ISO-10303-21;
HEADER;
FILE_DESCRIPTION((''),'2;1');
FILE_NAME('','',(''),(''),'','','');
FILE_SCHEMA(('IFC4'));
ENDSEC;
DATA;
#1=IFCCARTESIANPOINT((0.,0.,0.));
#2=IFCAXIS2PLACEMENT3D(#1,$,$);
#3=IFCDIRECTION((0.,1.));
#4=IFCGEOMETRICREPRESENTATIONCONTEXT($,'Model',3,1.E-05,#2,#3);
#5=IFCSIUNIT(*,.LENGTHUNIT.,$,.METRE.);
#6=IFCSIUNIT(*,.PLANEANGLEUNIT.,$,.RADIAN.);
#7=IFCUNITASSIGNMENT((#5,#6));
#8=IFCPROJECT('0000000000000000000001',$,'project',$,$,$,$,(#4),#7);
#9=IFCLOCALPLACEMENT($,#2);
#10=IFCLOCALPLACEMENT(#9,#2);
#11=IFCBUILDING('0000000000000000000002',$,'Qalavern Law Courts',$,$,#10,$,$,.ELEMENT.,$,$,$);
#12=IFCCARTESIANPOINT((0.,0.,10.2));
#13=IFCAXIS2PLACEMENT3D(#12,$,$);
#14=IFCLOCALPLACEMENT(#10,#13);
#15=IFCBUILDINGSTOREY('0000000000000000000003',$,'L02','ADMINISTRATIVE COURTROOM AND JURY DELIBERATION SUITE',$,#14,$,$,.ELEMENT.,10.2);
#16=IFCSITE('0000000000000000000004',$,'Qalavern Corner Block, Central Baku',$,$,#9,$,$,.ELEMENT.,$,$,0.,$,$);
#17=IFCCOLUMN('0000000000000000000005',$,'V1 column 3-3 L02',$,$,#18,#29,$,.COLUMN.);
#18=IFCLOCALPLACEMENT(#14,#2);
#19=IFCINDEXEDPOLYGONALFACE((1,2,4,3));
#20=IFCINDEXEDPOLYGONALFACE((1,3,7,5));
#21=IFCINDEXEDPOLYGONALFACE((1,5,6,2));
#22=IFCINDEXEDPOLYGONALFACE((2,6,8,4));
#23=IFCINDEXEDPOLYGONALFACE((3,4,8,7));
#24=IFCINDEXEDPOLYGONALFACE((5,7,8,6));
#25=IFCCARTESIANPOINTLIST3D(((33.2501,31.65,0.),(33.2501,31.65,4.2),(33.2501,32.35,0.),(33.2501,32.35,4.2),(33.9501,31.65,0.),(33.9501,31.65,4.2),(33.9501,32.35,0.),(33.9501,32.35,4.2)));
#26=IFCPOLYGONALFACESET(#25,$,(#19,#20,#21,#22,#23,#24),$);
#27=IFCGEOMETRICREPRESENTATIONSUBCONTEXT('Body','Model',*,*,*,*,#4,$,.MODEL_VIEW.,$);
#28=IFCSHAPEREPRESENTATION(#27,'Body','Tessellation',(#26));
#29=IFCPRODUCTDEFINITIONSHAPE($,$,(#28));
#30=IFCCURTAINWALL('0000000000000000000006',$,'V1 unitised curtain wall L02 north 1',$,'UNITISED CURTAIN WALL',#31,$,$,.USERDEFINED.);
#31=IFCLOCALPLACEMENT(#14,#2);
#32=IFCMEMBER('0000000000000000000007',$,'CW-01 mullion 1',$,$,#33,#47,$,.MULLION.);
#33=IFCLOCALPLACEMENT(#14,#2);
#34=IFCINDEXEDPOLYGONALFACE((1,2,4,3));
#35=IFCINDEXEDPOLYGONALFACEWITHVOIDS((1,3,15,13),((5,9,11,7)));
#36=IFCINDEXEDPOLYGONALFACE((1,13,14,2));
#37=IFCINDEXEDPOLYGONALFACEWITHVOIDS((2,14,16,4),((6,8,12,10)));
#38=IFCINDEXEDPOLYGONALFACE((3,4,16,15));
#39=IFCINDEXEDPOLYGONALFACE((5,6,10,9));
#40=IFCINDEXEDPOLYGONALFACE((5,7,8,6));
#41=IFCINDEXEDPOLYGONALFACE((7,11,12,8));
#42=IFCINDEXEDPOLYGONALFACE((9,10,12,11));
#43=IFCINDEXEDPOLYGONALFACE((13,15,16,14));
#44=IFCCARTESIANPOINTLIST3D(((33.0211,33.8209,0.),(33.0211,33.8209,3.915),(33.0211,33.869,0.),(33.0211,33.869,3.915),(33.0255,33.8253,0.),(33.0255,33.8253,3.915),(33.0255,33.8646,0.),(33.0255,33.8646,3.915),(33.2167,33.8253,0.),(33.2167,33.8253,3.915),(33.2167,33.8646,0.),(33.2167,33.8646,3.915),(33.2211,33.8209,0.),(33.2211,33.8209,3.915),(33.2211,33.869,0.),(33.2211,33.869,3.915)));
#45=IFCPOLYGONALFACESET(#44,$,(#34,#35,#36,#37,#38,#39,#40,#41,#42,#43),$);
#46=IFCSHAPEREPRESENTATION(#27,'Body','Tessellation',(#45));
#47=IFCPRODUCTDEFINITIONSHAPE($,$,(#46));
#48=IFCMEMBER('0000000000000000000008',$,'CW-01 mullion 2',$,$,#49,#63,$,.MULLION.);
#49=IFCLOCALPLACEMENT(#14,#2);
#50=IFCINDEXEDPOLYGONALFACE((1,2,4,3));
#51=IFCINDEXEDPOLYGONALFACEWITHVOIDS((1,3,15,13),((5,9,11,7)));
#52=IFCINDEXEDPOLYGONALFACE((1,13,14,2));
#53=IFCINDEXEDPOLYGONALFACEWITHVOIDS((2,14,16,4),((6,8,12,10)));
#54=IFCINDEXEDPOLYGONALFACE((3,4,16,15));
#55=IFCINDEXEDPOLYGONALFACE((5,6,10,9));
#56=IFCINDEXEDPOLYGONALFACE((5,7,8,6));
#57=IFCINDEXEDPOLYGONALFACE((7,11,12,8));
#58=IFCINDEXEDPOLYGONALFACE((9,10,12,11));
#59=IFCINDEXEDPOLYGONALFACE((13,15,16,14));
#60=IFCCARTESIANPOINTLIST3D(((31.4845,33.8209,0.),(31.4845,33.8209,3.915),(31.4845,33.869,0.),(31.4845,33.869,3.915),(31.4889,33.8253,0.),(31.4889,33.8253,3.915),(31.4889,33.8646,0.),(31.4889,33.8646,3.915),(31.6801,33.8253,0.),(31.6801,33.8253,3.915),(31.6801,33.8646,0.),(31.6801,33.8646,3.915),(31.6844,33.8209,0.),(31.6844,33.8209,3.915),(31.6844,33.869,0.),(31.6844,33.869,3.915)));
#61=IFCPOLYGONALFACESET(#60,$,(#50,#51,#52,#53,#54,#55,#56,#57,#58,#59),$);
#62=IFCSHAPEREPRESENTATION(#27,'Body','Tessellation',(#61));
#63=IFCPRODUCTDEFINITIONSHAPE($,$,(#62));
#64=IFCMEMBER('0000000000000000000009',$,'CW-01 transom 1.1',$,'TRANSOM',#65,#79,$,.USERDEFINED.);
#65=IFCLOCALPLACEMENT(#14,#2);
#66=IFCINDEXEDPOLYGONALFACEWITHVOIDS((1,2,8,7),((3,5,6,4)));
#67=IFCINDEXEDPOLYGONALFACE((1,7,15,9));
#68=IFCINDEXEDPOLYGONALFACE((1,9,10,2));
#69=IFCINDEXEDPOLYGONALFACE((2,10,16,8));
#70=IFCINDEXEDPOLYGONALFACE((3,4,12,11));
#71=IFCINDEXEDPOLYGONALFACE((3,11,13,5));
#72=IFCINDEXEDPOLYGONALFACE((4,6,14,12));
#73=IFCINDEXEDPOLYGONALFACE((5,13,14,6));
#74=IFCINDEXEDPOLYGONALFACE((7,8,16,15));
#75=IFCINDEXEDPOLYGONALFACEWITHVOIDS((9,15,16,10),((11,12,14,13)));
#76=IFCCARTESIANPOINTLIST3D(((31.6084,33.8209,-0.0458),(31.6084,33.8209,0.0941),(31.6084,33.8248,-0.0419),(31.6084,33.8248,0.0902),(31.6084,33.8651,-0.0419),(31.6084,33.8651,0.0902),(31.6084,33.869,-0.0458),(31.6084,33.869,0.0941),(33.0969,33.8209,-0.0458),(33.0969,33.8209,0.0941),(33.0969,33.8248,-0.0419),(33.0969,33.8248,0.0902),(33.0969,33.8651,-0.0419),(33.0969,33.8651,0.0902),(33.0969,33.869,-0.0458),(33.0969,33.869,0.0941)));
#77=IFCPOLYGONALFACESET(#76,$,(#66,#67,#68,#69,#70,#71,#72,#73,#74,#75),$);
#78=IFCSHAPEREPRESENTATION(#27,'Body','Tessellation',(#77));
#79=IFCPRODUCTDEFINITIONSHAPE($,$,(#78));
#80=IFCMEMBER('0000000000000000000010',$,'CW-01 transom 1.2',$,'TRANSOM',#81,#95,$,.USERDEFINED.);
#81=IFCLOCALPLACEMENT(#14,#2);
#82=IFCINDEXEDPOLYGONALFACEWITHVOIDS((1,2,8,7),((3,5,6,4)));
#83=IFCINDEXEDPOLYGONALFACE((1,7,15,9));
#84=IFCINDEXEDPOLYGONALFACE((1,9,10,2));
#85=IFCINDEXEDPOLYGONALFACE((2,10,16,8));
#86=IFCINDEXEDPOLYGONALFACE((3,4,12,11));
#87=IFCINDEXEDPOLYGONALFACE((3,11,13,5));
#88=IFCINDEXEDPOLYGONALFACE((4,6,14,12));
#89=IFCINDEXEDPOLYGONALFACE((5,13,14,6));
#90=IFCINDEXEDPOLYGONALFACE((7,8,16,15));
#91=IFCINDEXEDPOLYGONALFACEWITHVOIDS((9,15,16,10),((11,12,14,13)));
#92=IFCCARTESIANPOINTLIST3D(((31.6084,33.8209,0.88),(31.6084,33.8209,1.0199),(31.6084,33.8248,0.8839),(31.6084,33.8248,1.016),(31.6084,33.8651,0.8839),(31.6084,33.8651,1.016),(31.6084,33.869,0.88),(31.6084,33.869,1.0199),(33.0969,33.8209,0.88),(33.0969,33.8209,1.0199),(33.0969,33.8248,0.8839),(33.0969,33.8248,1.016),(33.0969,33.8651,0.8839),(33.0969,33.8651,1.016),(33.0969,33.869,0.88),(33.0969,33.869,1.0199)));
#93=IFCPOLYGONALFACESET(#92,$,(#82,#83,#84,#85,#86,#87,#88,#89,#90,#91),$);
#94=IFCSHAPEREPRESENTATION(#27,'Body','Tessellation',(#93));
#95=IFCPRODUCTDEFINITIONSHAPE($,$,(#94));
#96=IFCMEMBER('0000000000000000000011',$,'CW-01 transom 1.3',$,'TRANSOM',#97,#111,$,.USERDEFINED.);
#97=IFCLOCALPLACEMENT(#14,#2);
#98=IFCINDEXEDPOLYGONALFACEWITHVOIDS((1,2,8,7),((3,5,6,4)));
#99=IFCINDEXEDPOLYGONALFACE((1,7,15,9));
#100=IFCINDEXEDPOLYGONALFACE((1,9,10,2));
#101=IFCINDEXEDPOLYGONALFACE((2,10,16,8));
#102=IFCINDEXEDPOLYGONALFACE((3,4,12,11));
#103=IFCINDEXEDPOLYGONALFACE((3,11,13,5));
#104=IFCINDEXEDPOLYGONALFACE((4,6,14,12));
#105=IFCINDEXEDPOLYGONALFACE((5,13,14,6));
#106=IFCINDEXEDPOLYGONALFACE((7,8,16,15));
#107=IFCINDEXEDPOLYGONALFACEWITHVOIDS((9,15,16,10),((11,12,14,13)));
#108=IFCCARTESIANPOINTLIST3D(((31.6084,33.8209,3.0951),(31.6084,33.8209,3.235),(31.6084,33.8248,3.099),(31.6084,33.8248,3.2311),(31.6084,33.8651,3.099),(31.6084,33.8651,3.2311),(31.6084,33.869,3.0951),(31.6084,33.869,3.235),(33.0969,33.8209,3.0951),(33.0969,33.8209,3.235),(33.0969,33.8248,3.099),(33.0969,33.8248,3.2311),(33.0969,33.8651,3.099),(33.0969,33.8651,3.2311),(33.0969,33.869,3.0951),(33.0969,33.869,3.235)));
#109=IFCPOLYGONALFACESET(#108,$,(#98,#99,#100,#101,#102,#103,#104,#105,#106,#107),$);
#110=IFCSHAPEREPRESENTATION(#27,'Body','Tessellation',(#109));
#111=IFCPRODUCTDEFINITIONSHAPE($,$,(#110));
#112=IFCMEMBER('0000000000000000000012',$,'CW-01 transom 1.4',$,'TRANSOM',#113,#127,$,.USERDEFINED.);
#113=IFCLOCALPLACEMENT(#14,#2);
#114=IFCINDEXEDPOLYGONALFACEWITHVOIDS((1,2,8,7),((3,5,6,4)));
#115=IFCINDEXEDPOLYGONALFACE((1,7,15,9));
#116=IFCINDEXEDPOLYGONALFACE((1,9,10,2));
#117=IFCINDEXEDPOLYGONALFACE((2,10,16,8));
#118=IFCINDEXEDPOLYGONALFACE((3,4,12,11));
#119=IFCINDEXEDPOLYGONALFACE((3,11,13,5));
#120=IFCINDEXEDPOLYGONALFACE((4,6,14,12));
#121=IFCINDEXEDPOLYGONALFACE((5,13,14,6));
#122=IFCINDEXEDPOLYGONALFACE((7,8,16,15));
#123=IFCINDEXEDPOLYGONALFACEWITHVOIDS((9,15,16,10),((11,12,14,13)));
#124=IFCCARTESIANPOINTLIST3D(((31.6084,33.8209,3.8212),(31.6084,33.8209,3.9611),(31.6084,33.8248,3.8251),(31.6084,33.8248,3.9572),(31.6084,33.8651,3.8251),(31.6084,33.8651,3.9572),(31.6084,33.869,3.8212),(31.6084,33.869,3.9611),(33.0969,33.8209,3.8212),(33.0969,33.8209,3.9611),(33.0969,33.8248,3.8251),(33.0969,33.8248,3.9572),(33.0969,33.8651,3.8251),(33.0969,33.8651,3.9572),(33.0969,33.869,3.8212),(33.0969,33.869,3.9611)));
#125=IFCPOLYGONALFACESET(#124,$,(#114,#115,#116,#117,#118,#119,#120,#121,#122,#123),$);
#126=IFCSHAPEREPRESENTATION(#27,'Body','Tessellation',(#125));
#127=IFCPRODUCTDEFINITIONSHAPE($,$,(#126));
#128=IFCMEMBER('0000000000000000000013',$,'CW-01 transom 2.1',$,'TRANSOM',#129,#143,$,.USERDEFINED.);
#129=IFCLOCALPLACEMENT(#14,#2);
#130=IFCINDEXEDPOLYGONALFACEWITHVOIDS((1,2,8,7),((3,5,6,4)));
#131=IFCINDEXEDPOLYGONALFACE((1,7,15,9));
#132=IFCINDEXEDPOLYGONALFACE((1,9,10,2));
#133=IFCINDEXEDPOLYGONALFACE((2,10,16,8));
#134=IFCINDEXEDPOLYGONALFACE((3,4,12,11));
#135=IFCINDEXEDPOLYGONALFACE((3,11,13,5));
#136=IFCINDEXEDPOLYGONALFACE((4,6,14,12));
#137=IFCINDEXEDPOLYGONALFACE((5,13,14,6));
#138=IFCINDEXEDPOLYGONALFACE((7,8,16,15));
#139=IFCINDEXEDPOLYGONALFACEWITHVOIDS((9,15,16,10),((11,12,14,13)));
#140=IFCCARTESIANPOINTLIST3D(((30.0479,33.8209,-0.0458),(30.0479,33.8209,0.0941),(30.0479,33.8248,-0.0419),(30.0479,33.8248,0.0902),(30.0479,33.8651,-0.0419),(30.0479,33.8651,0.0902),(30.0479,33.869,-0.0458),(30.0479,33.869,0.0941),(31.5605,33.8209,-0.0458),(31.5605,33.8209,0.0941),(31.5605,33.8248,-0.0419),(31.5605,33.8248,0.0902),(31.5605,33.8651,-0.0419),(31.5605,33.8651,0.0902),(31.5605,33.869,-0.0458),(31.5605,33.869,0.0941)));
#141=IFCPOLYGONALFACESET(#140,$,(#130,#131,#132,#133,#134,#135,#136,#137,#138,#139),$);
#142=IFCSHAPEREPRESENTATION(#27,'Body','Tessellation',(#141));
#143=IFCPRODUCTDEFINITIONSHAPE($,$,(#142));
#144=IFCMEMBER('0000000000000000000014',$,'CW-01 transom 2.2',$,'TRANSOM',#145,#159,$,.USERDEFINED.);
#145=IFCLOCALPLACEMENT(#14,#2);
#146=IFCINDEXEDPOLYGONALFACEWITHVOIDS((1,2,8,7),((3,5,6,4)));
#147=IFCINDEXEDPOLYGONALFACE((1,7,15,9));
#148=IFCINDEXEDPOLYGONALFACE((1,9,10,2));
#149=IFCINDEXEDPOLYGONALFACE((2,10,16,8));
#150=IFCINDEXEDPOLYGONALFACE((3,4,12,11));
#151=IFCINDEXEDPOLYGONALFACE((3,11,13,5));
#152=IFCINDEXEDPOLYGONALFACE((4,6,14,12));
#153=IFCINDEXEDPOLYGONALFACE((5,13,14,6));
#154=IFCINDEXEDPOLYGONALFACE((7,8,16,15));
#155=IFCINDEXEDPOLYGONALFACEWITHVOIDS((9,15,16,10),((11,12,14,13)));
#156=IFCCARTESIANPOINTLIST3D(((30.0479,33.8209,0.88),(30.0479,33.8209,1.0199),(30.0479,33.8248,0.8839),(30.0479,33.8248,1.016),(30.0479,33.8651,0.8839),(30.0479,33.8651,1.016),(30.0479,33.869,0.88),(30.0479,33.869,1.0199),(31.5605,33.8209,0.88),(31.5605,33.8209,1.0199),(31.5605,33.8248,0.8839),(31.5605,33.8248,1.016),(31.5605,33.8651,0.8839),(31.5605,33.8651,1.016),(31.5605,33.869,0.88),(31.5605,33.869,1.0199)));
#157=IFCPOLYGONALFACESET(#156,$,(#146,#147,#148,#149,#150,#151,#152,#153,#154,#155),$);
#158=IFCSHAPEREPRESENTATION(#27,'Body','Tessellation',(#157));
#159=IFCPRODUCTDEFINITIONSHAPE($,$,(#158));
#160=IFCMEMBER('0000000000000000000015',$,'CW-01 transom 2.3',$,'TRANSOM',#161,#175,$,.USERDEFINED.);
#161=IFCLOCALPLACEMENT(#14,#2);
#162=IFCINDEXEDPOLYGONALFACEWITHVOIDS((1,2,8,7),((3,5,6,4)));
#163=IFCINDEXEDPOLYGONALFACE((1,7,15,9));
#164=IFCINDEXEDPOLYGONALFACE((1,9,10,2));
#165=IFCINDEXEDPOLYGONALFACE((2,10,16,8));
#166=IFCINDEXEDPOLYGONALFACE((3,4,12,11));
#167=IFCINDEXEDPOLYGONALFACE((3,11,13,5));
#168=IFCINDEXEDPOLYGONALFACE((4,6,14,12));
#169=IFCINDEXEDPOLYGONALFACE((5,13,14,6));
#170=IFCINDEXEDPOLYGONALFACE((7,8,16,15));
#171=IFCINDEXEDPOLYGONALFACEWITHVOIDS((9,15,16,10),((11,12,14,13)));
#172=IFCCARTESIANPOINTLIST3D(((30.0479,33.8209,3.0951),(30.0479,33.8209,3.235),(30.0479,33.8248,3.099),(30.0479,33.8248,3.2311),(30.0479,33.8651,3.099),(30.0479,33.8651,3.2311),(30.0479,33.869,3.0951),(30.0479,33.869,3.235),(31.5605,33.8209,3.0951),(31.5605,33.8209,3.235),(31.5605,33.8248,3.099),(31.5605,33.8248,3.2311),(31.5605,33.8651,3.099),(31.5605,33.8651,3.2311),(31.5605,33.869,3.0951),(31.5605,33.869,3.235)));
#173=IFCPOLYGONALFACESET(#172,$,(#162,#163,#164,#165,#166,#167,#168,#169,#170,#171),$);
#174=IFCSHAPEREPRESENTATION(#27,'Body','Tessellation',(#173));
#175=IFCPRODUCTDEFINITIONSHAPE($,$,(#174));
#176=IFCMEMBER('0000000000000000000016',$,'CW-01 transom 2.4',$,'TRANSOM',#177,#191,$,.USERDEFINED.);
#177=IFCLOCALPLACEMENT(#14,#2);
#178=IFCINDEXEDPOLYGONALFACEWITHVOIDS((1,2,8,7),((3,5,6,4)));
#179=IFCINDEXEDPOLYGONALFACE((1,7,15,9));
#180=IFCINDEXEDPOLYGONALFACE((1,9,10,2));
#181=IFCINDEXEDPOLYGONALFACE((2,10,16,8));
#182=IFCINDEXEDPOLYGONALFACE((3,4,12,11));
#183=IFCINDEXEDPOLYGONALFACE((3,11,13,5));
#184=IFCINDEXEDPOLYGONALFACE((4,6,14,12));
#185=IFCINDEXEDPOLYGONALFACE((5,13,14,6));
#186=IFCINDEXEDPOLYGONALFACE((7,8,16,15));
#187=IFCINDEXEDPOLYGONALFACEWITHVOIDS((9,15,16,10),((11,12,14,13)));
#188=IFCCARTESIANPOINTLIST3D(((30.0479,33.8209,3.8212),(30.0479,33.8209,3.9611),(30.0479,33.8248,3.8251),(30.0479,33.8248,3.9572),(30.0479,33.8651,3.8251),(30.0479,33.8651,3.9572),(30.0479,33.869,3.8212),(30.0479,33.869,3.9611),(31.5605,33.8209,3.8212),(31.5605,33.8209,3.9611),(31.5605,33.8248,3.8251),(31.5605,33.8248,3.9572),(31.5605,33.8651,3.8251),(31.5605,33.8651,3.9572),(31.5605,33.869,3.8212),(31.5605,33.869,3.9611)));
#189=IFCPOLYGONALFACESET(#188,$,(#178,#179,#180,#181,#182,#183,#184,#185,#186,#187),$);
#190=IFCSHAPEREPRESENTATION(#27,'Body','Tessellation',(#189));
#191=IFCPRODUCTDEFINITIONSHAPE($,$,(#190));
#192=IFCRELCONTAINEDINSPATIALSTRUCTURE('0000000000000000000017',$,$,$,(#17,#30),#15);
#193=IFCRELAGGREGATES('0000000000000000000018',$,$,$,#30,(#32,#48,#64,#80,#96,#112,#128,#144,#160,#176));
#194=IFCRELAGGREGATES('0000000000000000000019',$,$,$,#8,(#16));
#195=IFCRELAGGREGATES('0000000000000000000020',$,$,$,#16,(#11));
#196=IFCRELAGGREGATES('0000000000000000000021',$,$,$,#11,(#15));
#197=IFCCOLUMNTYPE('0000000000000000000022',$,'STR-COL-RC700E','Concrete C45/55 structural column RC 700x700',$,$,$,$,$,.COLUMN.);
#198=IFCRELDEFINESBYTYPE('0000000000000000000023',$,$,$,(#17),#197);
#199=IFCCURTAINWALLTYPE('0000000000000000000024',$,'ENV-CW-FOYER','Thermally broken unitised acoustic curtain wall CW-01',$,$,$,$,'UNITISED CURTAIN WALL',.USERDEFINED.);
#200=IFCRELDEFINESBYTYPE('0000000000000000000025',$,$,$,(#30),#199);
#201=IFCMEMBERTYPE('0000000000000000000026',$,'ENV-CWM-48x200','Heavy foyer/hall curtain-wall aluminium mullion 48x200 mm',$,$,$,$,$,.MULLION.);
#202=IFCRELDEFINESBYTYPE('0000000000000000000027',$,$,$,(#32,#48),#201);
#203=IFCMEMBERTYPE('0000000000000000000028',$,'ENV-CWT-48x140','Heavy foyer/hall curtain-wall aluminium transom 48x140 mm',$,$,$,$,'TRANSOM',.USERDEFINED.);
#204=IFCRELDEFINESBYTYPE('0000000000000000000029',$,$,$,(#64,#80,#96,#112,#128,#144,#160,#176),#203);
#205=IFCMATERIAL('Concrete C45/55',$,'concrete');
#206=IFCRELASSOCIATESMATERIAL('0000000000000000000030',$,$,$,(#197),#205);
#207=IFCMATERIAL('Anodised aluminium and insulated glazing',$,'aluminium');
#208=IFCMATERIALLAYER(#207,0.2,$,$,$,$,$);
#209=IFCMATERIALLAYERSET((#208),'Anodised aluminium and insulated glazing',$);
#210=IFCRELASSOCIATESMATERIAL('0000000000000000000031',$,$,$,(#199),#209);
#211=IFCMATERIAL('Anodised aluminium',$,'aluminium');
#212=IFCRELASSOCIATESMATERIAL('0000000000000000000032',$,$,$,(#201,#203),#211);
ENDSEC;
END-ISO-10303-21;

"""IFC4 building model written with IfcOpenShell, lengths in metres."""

from ifc_helpers import new_model, si_unit, direction, frame, origin, origin_2d, place, context, subcontext, project, spatial, rectangle, hollow_rectangle, extrude, material, layer, layer_set, material_profile, profile_set, type_object, element, aggregate, save


model = new_model("IFC4")

# Units and contexts
model_context = context("Model", 3, precision=1e-05, world=origin(), true_north=direction((0.0, 1.0)))
body_context = subcontext(model_context, "Body", "Model", "MODEL_VIEW")
ifc_project = project(units=[si_unit("LENGTHUNIT", "METRE"), si_unit("PLANEANGLEUNIT", "RADIAN")], contexts=[model_context])

# Site, building, storey
site_placement = place(None, origin())
site = spatial("IfcSite", under=ifc_project, at=site_placement, Name="Qalavern Corner Block, Central Baku", CompositionType="ELEMENT", RefElevation=0.0)
building_placement = place(site_placement, origin())
building = spatial("IfcBuilding", under=site, at=building_placement, Name="Qalavern Law Courts", CompositionType="ELEMENT")
storey_placement = place(building_placement, frame((0.0, 0.0, 10.2)))
storey = spatial("IfcBuildingStorey", under=building, at=storey_placement, Name="L02", Description="ADMINISTRATIVE COURTROOM AND JURY DELIBERATION SUITE", CompositionType="ELEMENT", Elevation=10.2)

# Column
ifc_material_1 = material(Name="Concrete C45/55", Category="concrete")
ifc_material_profile_1 = material_profile(ifc_material_1, rectangle(XDim=0.7, YDim=0.7, at=origin_2d()), Name="RC 700x700")
ifc_profile_set_1 = profile_set([ifc_material_profile_1], Name="Concrete C45/55")
column_type = type_object("IfcColumnType", Name="STR-COL-RC700E", Description="Concrete C45/55 structural column RC 700x700", PredefinedType="COLUMN", material=ifc_profile_set_1)
column_placement = place(storey_placement, frame((33.6001, 32.0, 0.0), z_axis=(0.0, 0.0, 1.0), x_axis=(1.0, 0.0, 0.0)))
element("IfcColumn", 1, at=column_placement, inside=storey, type_object=column_type, Name="V1 column 3-3 L02", PredefinedType="COLUMN", context=body_context, shape_type="SweptSolid", body=[
    extrude(rectangle(XDim=0.7, YDim=0.7, at=origin_2d()), origin(), (0.0, 0.0, 1.0), 4.2),
])

# Curtain wall, members
ifc_material_2 = material(Name="Anodised aluminium and insulated glazing", Category="aluminium")
ifc_layer_1 = layer(ifc_material_2, 0.2)
ifc_layer_set_1 = layer_set([ifc_layer_1], Name="Anodised aluminium and insulated glazing")
curtain_wall_type = type_object("IfcCurtainWallType", Name="ENV-CW-FOYER", Description="Thermally broken unitised acoustic curtain wall CW-01", ElementType="UNITISED CURTAIN WALL", PredefinedType="USERDEFINED", material=ifc_layer_set_1)
curtain_wall_placement = place(storey_placement, origin())
curtain_wall = element("IfcCurtainWall", 2, at=curtain_wall_placement, inside=storey, type_object=curtain_wall_type, Name="V1 unitised curtain wall L02 north 1", ObjectType="UNITISED CURTAIN WALL", PredefinedType="USERDEFINED")
ifc_material_3 = material(Name="Anodised aluminium", Category="aluminium")
ifc_material_profile_2 = material_profile(ifc_material_3, hollow_rectangle(XDim=0.0481, YDim=0.2, WallThickness=0.0044, at=origin_2d()), Name="ALU MULLION 48x200")
ifc_profile_set_2 = profile_set([ifc_material_profile_2], Name="Anodised aluminium")
member_type_1 = type_object("IfcMemberType", Name="ENV-CWM-48x200", Description="Heavy foyer/hall curtain-wall aluminium mullion 48x200 mm", PredefinedType="MULLION", material=ifc_profile_set_2)
member_1_placement = place(storey_placement, frame((33.1211, 33.845, 0.0), z_axis=(0.0, 0.0, 1.0), x_axis=(0.0, -1.0, 0.0)))
member_1 = element("IfcMember", 3, at=member_1_placement, type_object=member_type_1, Name="CW-01 mullion 1", PredefinedType="MULLION", context=body_context, shape_type="SweptSolid", body=[
    extrude(hollow_rectangle(XDim=0.0481, YDim=0.2, WallThickness=0.0044, at=origin_2d()), origin(), (0.0, 0.0, 1.0), 3.915),
])
member_2_placement = place(storey_placement, frame((31.5845, 33.845, 0.0), z_axis=(0.0, 0.0, 1.0), x_axis=(0.0, -1.0, 0.0)))
member_2 = element("IfcMember", 4, at=member_2_placement, type_object=member_type_1, Name="CW-01 mullion 2", PredefinedType="MULLION", context=body_context, shape_type="SweptSolid", body=[
    extrude(hollow_rectangle(XDim=0.0481, YDim=0.2, WallThickness=0.0044, at=origin_2d()), origin(), (0.0, 0.0, 1.0), 3.915),
])
ifc_material_profile_3 = material_profile(ifc_material_3, hollow_rectangle(XDim=0.0481, YDim=0.1399, WallThickness=0.0039, at=origin_2d()), Name="ALU TRANSOM 48x140")
ifc_profile_set_3 = profile_set([ifc_material_profile_3], Name="Anodised aluminium")
member_type_2 = type_object("IfcMemberType", Name="ENV-CWT-48x140", Description="Heavy foyer/hall curtain-wall aluminium transom 48x140 mm", ElementType="TRANSOM", PredefinedType="USERDEFINED", material=ifc_profile_set_3)
member_3_placement = place(storey_placement, frame((33.0969, 33.845, 0.0242), z_axis=(-1.0, 0.0, 0.0), x_axis=(0.0, -1.0, 0.0)))
member_3 = element("IfcMember", 5, at=member_3_placement, type_object=member_type_2, Name="CW-01 transom 1.1", ObjectType="TRANSOM", PredefinedType="USERDEFINED", context=body_context, shape_type="SweptSolid", body=[
    extrude(hollow_rectangle(XDim=0.0481, YDim=0.1399, WallThickness=0.0039, at=origin_2d()), origin(), (0.0, 0.0, 1.0), 1.4885),
])
member_4_placement = place(storey_placement, frame((33.0969, 33.845, 0.95), z_axis=(-1.0, 0.0, 0.0), x_axis=(0.0, -1.0, 0.0)))
member_4 = element("IfcMember", 6, at=member_4_placement, type_object=member_type_2, Name="CW-01 transom 1.2", ObjectType="TRANSOM", PredefinedType="USERDEFINED", context=body_context, shape_type="SweptSolid", body=[
    extrude(hollow_rectangle(XDim=0.0481, YDim=0.1399, WallThickness=0.0039, at=origin_2d()), origin(), (0.0, 0.0, 1.0), 1.4885),
])
member_5_placement = place(storey_placement, frame((33.0969, 33.845, 3.165), z_axis=(-1.0, 0.0, 0.0), x_axis=(0.0, -1.0, 0.0)))
member_5 = element("IfcMember", 7, at=member_5_placement, type_object=member_type_2, Name="CW-01 transom 1.3", ObjectType="TRANSOM", PredefinedType="USERDEFINED", context=body_context, shape_type="SweptSolid", body=[
    extrude(hollow_rectangle(XDim=0.0481, YDim=0.1399, WallThickness=0.0039, at=origin_2d()), origin(), (0.0, 0.0, 1.0), 1.4885),
])
member_6_placement = place(storey_placement, frame((33.0969, 33.845, 3.8911), z_axis=(-1.0, 0.0, 0.0), x_axis=(0.0, -1.0, 0.0)))
member_6 = element("IfcMember", 8, at=member_6_placement, type_object=member_type_2, Name="CW-01 transom 1.4", ObjectType="TRANSOM", PredefinedType="USERDEFINED", context=body_context, shape_type="SweptSolid", body=[
    extrude(hollow_rectangle(XDim=0.0481, YDim=0.1399, WallThickness=0.0039, at=origin_2d()), origin(), (0.0, 0.0, 1.0), 1.4885),
])
member_7_placement = place(storey_placement, frame((31.5605, 33.845, 0.0242), z_axis=(-1.0, 0.0, 0.0), x_axis=(0.0, -1.0, 0.0)))
member_7 = element("IfcMember", 9, at=member_7_placement, type_object=member_type_2, Name="CW-01 transom 2.1", ObjectType="TRANSOM", PredefinedType="USERDEFINED", context=body_context, shape_type="SweptSolid", body=[
    extrude(hollow_rectangle(XDim=0.0481, YDim=0.1399, WallThickness=0.0039, at=origin_2d()), origin(), (0.0, 0.0, 1.0), 1.5127),
])
member_8_placement = place(storey_placement, frame((31.5605, 33.845, 0.95), z_axis=(-1.0, 0.0, 0.0), x_axis=(0.0, -1.0, 0.0)))
member_8 = element("IfcMember", 10, at=member_8_placement, type_object=member_type_2, Name="CW-01 transom 2.2", ObjectType="TRANSOM", PredefinedType="USERDEFINED", context=body_context, shape_type="SweptSolid", body=[
    extrude(hollow_rectangle(XDim=0.0481, YDim=0.1399, WallThickness=0.0039, at=origin_2d()), origin(), (0.0, 0.0, 1.0), 1.5127),
])
member_9_placement = place(storey_placement, frame((31.5605, 33.845, 3.165), z_axis=(-1.0, 0.0, 0.0), x_axis=(0.0, -1.0, 0.0)))
member_9 = element("IfcMember", 11, at=member_9_placement, type_object=member_type_2, Name="CW-01 transom 2.3", ObjectType="TRANSOM", PredefinedType="USERDEFINED", context=body_context, shape_type="SweptSolid", body=[
    extrude(hollow_rectangle(XDim=0.0481, YDim=0.1399, WallThickness=0.0039, at=origin_2d()), origin(), (0.0, 0.0, 1.0), 1.5127),
])
member_10_placement = place(storey_placement, frame((31.5605, 33.845, 3.8911), z_axis=(-1.0, 0.0, 0.0), x_axis=(0.0, -1.0, 0.0)))
member_10 = element("IfcMember", 12, at=member_10_placement, type_object=member_type_2, Name="CW-01 transom 2.4", ObjectType="TRANSOM", PredefinedType="USERDEFINED", context=body_context, shape_type="SweptSolid", body=[
    extrude(hollow_rectangle(XDim=0.0481, YDim=0.1399, WallThickness=0.0039, at=origin_2d()), origin(), (0.0, 0.0, 1.0), 1.5127),
])

aggregate(curtain_wall, [member_1, member_2, member_3, member_4, member_5, member_6, member_7, member_8, member_9, member_10])

save(model, "model.ifc")
